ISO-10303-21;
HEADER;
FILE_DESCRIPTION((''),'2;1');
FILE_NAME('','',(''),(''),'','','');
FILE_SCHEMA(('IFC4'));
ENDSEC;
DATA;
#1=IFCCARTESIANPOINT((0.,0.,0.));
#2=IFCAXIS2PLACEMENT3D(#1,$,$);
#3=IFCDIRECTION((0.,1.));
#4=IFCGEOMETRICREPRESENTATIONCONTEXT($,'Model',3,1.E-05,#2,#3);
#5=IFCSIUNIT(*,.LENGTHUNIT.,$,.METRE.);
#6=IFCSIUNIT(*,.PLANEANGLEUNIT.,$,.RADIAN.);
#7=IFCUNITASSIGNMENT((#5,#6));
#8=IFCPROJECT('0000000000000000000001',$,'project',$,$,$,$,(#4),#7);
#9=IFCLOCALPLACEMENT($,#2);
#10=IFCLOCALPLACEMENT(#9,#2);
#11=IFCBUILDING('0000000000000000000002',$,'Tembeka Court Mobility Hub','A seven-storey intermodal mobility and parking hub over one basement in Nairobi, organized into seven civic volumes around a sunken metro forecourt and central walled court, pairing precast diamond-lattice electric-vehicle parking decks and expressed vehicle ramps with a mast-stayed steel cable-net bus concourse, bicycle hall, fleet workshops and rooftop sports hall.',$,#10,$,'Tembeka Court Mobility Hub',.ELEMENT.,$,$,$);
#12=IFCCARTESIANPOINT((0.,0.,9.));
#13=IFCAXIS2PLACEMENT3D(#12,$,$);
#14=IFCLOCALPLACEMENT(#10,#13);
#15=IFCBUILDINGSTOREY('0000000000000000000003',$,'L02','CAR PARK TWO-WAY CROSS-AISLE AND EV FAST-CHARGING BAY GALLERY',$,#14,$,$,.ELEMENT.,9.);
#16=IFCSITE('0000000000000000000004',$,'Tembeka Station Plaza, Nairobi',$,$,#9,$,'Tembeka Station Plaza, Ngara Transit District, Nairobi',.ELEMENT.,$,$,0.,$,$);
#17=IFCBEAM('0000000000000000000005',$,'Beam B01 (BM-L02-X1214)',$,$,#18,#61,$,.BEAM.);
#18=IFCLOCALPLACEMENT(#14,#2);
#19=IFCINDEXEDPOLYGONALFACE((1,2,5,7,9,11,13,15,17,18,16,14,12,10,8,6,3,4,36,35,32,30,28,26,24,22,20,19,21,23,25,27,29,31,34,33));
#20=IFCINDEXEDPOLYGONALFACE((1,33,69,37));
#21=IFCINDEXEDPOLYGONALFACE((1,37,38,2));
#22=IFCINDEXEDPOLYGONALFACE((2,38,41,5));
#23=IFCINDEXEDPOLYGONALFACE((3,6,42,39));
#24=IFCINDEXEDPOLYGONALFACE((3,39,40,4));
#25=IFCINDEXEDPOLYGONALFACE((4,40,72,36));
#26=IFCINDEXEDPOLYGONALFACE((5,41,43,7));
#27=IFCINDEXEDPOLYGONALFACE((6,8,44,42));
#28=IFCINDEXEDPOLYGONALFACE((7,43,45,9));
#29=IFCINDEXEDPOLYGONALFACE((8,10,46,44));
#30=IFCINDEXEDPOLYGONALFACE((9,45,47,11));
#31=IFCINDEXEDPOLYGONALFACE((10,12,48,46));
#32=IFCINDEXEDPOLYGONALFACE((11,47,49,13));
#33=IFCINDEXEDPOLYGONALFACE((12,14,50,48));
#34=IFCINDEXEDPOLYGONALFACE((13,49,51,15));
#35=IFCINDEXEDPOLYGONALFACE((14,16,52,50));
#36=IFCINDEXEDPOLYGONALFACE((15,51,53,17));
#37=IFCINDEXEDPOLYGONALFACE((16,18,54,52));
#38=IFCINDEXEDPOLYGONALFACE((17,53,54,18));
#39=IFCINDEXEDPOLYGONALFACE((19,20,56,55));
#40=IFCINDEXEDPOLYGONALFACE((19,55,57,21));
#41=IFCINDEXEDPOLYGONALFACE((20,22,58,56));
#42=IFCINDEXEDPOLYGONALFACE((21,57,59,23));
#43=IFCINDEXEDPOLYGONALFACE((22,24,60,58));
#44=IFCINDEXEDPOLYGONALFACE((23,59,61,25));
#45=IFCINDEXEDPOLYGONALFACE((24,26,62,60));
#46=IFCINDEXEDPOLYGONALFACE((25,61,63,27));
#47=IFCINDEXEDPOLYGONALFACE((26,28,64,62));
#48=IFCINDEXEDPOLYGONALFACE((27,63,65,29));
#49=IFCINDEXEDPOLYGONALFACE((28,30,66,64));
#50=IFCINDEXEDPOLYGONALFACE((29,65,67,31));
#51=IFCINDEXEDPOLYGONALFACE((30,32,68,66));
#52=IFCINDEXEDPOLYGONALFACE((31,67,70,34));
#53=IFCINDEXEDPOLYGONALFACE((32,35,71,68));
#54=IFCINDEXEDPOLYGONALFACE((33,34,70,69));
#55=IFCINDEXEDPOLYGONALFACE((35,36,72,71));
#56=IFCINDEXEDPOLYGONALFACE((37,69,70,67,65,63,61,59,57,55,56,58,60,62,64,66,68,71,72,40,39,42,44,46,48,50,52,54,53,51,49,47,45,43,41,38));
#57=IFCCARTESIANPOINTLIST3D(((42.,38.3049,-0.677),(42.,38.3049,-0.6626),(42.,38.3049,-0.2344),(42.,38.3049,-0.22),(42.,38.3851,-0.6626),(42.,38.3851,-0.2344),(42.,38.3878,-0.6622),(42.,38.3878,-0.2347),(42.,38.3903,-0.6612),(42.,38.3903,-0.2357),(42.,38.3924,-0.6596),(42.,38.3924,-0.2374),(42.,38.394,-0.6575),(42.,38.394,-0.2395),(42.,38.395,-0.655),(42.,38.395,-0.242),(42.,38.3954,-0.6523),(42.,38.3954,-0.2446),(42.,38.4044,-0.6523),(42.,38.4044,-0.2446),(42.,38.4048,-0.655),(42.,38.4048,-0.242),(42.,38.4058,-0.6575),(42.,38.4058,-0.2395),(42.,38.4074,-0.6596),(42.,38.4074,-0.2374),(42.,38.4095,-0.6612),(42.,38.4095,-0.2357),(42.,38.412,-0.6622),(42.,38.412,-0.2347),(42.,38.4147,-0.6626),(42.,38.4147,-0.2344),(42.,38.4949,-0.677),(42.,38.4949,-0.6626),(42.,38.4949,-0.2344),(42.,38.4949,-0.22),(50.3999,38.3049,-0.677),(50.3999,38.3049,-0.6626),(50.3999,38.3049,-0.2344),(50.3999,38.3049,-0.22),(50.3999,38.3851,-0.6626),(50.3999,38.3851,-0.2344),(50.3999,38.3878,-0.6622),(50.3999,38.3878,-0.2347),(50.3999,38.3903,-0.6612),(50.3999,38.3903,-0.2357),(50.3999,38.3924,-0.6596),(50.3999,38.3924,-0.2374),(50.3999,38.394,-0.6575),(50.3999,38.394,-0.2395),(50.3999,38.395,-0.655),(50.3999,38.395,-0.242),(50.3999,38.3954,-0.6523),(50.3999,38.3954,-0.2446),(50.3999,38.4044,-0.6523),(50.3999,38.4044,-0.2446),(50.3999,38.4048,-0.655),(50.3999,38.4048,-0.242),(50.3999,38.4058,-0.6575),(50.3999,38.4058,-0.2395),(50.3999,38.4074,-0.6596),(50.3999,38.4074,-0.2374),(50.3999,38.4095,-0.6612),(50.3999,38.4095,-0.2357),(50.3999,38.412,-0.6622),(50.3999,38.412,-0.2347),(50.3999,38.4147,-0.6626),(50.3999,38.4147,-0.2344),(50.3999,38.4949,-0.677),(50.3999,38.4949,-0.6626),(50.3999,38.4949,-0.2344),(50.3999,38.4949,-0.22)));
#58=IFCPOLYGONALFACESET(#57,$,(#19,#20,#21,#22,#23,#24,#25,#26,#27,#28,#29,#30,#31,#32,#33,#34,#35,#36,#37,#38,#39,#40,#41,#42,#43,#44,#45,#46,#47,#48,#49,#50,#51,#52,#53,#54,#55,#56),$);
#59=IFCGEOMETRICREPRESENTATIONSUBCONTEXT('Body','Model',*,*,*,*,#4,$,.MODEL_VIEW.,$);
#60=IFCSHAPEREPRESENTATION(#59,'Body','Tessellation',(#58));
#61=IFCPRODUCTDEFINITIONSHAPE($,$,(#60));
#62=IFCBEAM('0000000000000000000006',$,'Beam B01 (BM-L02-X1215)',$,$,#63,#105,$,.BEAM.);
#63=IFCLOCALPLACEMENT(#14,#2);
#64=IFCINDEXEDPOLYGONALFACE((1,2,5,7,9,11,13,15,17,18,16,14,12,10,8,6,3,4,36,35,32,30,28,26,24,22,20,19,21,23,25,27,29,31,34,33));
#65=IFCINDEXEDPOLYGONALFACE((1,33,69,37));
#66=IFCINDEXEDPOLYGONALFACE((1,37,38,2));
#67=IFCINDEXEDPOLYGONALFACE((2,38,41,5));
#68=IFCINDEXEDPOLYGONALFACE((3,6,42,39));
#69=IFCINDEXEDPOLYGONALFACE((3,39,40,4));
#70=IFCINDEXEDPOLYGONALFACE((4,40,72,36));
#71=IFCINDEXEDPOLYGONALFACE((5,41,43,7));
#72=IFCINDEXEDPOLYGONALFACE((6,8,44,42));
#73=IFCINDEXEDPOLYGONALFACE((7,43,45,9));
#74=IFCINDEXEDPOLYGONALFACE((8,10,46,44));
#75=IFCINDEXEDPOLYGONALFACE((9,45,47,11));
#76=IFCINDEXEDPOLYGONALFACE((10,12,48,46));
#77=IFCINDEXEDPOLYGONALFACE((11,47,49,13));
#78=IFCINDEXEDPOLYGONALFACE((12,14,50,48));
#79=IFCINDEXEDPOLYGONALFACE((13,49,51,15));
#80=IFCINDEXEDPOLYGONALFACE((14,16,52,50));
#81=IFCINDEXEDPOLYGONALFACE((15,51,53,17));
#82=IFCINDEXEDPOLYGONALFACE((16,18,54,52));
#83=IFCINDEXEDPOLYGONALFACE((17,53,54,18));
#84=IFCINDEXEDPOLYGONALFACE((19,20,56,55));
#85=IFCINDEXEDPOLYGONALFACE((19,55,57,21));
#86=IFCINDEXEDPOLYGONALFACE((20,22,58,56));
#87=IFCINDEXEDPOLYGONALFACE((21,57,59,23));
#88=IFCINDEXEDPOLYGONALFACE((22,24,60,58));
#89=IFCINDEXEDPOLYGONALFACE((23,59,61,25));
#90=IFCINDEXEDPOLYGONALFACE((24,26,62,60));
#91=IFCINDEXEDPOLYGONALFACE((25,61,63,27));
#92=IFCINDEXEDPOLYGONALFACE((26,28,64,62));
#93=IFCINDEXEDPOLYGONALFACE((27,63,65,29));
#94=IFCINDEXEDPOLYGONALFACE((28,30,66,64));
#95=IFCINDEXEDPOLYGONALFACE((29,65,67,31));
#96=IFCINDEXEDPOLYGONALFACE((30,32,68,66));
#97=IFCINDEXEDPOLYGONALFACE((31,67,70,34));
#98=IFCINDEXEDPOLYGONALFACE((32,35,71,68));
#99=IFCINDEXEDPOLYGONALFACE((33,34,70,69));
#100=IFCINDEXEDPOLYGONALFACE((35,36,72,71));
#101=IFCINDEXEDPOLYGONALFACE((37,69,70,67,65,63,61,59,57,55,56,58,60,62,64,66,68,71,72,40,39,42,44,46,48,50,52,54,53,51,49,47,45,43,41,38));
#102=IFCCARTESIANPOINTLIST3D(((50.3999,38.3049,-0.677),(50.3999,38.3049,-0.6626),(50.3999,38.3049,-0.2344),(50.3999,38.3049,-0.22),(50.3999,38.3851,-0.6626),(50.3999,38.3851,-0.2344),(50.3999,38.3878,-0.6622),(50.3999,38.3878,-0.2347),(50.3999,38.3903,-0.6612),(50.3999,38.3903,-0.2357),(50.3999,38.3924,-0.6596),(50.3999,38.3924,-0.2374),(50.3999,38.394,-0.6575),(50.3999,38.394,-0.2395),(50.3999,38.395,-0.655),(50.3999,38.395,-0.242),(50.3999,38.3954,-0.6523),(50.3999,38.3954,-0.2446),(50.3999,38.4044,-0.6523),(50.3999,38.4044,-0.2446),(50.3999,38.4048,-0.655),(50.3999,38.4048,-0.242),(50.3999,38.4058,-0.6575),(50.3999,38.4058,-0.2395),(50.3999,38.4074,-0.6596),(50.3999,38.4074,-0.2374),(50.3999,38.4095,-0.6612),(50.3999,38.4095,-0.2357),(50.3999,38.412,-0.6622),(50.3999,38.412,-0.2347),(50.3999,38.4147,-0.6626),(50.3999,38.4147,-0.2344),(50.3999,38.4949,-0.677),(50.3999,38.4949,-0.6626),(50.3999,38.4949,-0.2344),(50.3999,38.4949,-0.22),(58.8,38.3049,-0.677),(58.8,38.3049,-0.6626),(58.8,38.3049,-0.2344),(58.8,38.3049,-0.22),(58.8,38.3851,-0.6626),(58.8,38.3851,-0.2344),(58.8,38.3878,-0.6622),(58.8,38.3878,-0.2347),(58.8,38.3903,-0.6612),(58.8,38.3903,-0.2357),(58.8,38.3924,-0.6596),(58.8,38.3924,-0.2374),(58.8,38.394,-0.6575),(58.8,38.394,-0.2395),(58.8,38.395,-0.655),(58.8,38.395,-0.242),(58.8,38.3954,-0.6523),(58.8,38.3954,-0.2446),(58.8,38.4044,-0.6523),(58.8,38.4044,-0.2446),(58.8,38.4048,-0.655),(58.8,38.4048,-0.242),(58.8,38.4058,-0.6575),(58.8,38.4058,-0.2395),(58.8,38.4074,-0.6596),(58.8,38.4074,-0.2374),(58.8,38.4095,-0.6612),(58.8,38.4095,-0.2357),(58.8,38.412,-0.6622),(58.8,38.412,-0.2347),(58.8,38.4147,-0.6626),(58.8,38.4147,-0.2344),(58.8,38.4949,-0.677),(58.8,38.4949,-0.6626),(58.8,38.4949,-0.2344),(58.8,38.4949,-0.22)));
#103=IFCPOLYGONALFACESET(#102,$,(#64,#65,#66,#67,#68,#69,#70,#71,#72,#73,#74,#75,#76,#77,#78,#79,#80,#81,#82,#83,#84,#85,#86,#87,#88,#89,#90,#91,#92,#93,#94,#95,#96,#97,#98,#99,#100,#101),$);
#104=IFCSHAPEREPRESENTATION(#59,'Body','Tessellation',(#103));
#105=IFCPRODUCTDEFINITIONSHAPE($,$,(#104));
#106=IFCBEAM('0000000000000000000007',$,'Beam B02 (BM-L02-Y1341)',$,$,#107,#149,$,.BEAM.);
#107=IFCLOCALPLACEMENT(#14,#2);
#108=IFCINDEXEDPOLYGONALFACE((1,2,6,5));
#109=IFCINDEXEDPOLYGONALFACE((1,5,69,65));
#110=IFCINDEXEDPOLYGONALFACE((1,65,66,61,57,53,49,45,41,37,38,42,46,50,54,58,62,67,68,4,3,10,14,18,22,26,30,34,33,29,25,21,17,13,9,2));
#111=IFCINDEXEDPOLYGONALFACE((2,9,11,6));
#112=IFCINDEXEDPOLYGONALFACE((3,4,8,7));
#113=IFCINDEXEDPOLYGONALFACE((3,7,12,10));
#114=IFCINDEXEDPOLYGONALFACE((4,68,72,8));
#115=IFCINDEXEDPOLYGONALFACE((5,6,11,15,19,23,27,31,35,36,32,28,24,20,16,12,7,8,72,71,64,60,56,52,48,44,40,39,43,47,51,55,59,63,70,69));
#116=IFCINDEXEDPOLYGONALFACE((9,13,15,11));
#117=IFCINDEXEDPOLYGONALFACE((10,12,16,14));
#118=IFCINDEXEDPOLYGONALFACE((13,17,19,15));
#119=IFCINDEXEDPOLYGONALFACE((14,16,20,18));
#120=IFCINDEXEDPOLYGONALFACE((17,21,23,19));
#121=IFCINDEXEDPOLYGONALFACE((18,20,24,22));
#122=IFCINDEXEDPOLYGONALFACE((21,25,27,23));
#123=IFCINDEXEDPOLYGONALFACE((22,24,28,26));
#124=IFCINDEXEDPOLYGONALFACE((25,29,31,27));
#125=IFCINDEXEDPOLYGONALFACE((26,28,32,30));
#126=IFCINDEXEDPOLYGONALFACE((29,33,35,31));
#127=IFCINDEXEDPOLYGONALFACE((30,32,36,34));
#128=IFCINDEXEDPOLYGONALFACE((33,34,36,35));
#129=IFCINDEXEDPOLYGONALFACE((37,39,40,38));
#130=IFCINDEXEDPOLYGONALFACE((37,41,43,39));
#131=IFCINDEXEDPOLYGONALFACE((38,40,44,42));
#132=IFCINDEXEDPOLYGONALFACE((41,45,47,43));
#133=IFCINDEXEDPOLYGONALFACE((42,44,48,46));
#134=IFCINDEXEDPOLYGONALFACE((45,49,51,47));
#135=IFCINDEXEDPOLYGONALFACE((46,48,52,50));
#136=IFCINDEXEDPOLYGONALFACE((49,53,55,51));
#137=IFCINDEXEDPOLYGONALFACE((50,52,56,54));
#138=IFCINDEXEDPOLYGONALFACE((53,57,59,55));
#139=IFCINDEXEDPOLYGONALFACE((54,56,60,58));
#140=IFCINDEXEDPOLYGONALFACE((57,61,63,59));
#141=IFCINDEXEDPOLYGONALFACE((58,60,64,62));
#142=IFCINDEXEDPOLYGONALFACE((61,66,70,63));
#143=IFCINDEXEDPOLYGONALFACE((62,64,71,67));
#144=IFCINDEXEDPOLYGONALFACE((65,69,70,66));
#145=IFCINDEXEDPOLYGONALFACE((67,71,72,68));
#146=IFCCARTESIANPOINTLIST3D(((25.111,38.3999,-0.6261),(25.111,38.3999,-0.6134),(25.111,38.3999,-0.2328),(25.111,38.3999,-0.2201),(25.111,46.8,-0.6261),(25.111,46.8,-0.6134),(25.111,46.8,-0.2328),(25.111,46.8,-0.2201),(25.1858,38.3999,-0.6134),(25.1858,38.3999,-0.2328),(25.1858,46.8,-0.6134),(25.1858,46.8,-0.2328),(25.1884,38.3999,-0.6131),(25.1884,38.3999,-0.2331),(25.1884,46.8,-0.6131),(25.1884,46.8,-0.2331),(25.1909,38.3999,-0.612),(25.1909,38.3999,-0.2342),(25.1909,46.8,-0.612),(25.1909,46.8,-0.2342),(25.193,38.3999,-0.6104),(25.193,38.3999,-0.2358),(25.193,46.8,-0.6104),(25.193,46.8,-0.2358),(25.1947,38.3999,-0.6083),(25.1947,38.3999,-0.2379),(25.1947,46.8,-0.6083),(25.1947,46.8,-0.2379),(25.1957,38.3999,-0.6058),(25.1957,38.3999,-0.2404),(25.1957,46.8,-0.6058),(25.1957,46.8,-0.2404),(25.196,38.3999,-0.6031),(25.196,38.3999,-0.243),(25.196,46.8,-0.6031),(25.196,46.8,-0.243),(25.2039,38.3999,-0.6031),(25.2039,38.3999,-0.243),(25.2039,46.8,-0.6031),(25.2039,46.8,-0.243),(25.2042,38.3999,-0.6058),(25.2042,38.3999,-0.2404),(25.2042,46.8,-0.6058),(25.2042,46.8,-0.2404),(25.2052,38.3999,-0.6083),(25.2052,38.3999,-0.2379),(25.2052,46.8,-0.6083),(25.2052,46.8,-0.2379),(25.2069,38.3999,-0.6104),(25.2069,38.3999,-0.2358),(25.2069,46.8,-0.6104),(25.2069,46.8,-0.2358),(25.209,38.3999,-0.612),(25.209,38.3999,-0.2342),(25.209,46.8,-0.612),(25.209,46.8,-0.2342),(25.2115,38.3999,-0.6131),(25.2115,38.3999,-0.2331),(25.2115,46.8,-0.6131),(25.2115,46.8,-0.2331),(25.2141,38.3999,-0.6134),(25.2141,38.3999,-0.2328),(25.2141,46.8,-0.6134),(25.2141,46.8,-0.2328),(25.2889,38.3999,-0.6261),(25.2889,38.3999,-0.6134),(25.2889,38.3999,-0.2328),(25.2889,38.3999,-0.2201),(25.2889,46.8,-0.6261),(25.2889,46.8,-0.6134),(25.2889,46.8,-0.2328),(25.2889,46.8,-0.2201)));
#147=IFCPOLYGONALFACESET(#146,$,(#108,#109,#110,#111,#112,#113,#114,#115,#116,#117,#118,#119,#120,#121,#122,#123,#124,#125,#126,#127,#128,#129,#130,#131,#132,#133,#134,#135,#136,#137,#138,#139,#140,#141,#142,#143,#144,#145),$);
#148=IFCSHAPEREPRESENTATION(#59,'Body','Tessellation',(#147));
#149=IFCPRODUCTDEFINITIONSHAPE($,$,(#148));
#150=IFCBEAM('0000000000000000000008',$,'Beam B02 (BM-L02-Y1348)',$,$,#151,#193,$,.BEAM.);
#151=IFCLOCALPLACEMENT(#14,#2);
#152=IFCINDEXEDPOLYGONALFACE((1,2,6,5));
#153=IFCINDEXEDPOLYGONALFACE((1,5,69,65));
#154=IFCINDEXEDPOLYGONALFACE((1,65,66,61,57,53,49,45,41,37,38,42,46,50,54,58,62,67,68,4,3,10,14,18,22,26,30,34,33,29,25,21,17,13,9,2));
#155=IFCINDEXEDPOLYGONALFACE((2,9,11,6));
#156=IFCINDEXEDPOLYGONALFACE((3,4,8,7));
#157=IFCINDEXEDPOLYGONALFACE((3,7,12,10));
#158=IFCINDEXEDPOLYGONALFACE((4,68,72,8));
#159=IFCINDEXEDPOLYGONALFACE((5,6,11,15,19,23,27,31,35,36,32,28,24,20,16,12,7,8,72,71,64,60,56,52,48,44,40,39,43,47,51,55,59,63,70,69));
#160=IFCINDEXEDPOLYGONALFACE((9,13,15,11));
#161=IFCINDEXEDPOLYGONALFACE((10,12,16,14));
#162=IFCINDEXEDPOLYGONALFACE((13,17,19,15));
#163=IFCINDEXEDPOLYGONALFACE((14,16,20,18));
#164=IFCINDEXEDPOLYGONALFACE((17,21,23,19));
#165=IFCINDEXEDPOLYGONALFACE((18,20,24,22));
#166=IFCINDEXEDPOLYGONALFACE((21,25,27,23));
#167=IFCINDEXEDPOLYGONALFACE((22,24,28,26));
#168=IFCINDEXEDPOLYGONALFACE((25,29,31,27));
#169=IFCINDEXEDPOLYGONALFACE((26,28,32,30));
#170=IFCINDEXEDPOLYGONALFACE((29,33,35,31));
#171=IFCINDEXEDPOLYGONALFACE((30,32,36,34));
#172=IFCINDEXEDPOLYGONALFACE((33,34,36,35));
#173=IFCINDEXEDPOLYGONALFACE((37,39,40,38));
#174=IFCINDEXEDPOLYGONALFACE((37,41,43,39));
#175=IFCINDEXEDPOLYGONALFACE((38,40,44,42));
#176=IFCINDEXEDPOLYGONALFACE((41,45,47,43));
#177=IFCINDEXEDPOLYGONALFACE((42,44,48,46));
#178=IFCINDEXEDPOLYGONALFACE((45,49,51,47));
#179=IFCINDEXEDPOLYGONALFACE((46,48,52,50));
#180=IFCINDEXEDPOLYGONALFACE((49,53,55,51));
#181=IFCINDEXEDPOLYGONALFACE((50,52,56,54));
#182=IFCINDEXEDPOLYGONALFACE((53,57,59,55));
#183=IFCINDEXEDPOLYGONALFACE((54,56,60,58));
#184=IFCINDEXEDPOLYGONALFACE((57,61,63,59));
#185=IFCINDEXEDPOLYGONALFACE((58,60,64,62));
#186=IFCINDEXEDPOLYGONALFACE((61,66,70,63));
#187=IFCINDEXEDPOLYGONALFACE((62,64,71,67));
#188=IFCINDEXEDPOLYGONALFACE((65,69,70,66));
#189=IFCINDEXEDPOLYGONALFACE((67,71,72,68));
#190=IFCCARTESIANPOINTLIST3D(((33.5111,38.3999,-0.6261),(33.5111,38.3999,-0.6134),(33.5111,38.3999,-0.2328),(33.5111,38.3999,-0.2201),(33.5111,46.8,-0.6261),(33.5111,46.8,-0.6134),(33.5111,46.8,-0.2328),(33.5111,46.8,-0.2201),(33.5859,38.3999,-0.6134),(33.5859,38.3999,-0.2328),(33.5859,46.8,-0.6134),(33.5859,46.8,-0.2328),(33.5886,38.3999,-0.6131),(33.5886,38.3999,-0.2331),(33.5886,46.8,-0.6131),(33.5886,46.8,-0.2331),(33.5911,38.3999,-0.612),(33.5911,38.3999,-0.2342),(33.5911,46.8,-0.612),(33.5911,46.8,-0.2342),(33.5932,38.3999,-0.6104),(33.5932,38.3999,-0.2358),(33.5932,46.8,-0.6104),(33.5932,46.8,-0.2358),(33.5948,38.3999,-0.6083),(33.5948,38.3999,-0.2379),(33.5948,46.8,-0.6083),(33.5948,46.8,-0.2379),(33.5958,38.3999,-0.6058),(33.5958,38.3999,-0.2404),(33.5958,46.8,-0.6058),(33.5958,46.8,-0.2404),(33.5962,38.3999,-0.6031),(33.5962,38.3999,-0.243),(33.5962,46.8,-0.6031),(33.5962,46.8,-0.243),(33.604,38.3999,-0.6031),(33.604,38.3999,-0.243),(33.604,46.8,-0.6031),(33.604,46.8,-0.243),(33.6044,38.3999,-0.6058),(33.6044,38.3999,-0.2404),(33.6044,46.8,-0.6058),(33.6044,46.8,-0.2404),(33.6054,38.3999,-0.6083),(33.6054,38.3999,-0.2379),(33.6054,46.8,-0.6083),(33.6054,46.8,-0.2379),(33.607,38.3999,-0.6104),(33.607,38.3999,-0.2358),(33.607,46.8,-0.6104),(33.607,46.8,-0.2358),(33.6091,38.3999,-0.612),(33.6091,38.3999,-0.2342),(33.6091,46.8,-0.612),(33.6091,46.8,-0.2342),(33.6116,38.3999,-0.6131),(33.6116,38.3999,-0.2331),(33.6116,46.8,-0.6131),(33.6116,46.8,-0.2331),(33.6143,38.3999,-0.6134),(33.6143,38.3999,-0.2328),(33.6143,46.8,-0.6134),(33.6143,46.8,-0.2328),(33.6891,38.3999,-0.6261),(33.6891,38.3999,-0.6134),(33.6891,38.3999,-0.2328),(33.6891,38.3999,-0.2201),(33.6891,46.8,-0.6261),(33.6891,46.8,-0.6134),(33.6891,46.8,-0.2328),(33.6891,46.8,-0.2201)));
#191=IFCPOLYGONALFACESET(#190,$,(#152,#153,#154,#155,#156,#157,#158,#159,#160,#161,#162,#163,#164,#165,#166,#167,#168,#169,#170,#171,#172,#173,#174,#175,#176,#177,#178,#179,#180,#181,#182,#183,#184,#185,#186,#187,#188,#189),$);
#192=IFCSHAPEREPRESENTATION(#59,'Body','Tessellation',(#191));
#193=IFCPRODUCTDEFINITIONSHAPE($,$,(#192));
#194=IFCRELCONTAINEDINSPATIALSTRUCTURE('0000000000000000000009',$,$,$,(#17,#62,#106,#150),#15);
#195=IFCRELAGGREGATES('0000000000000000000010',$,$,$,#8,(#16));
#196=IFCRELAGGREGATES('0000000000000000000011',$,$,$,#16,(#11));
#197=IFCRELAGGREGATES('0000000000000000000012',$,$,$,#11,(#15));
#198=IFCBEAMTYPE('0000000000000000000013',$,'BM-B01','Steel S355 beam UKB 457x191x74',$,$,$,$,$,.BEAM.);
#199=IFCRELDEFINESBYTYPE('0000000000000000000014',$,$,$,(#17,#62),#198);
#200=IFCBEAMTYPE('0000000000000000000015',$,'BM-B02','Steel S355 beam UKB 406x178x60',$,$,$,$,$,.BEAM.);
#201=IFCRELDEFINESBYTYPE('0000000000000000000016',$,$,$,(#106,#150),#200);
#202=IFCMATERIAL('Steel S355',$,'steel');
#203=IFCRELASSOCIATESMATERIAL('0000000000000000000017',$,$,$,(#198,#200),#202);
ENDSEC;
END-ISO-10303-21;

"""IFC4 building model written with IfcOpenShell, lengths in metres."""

from ifc_helpers import new_model, si_unit, direction, frame, origin, origin_2d, place, context, subcontext, project, spatial, i_section, extrude, material, material_profile, profile_set, type_object, element, save


model = new_model("IFC4")

# Units and contexts
model_context = context("Model", 3, precision=1e-05, world=origin(), true_north=direction((0.0, 1.0)))
body_context = subcontext(model_context, "Body", "Model", "MODEL_VIEW")
ifc_project = project(units=[si_unit("LENGTHUNIT", "METRE"), si_unit("PLANEANGLEUNIT", "RADIAN")], contexts=[model_context])

# Site, building, storey
site_placement = place(None, origin())
site = spatial("IfcSite", under=ifc_project, at=site_placement, Name="Tembeka Station Plaza, Nairobi", LongName="Tembeka Station Plaza, Ngara Transit District, Nairobi", CompositionType="ELEMENT", RefElevation=0.0)
building_placement = place(site_placement, origin())
building = spatial("IfcBuilding", under=site, at=building_placement, Name="Tembeka Court Mobility Hub", Description="A seven-storey intermodal mobility and parking hub over one basement in Nairobi, organized into seven civic volumes around a sunken metro forecourt and central walled court, pairing precast diamond-lattice electric-vehicle parking decks and expressed vehicle ramps with a mast-stayed steel cable-net bus concourse, bicycle hall, fleet workshops and rooftop sports hall.", LongName="Tembeka Court Mobility Hub", CompositionType="ELEMENT")
storey_placement = place(building_placement, frame((0.0, 0.0, 9.0)))
storey = spatial("IfcBuildingStorey", under=building, at=storey_placement, Name="L02", Description="CAR PARK TWO-WAY CROSS-AISLE AND EV FAST-CHARGING BAY GALLERY", CompositionType="ELEMENT", Elevation=9.0)

# Shared definitions
ifc_material_1 = material(Name="Steel S355", Category="steel")

# Beams
ifc_material_profile_1 = material_profile(ifc_material_1, i_section(OverallWidth=0.1899, OverallDepth=0.457, WebThickness=0.009, FlangeThickness=0.0144, FilletRadius=0.0103, at=origin_2d()), Name="UKB 457x191x74")
ifc_profile_set_1 = profile_set([ifc_material_profile_1], Name="Steel S355")
beam_type_1 = type_object("IfcBeamType", Name="BM-B01", Description="Steel S355 beam UKB 457x191x74", PredefinedType="BEAM", material=ifc_profile_set_1)
for number, where, z_axis, x_axis, name in (
    (1, (42.0, 38.3999, -0.4485), (1.0, 0.0, 0.0), (0.0, 1.0, 0.0), "Beam B01 (BM-L02-X1214)"),
):
    element("IfcBeam", number, at=place(storey_placement, frame(where, z_axis=z_axis, x_axis=x_axis)), inside=storey, type_object=beam_type_1, Name=name, PredefinedType="BEAM", context=body_context, shape_type="SweptSolid", body=[
        extrude(i_section(OverallWidth=0.1899, OverallDepth=0.457, WebThickness=0.009, FlangeThickness=0.0144, FilletRadius=0.0103, at=origin_2d()), origin(), (0.0, 0.0, 1.0), 8.3999),
    ])
beam_1_placement = place(storey_placement, frame((50.3999, 38.3999, -0.4485), z_axis=(1.0, 0.0, 0.0), x_axis=(0.0, 1.0, 0.0)))
element("IfcBeam", 2, at=beam_1_placement, inside=storey, type_object=beam_type_1, Name="Beam B01 (BM-L02-X1215)", PredefinedType="BEAM", context=body_context, shape_type="SweptSolid", body=[
    extrude(i_section(OverallWidth=0.1899, OverallDepth=0.457, WebThickness=0.009, FlangeThickness=0.0144, FilletRadius=0.0103, at=origin_2d()), origin(), (0.0, 0.0, 1.0), 8.4001),
])
ifc_material_profile_2 = material_profile(ifc_material_1, i_section(OverallWidth=0.178, OverallDepth=0.406, WebThickness=0.0078, FlangeThickness=0.0127, FilletRadius=0.0103, at=origin_2d()), Name="UKB 406x178x60")
ifc_profile_set_2 = profile_set([ifc_material_profile_2], Name="Steel S355")
beam_type_2 = type_object("IfcBeamType", Name="BM-B02", Description="Steel S355 beam UKB 406x178x60", PredefinedType="BEAM", material=ifc_profile_set_2)
for number, where, z_axis, x_axis, name in (
    (3, (25.2, 38.3999, -0.4231), (0.0, 1.0, 0.0), (-1.0, 0.0, 0.0), "Beam B02 (BM-L02-Y1341)"),
    (4, (33.6001, 38.3999, -0.4231), (0.0, 1.0, 0.0), (-1.0, 0.0, 0.0), "Beam B02 (BM-L02-Y1348)"),
):
    element("IfcBeam", number, at=place(storey_placement, frame(where, z_axis=z_axis, x_axis=x_axis)), inside=storey, type_object=beam_type_2, Name=name, PredefinedType="BEAM", context=body_context, shape_type="SweptSolid", body=[
        extrude(i_section(OverallWidth=0.178, OverallDepth=0.406, WebThickness=0.0078, FlangeThickness=0.0127, FilletRadius=0.0103, at=origin_2d()), origin(), (0.0, 0.0, 1.0), 8.4001),
    ])

save(model, "model.ifc")
